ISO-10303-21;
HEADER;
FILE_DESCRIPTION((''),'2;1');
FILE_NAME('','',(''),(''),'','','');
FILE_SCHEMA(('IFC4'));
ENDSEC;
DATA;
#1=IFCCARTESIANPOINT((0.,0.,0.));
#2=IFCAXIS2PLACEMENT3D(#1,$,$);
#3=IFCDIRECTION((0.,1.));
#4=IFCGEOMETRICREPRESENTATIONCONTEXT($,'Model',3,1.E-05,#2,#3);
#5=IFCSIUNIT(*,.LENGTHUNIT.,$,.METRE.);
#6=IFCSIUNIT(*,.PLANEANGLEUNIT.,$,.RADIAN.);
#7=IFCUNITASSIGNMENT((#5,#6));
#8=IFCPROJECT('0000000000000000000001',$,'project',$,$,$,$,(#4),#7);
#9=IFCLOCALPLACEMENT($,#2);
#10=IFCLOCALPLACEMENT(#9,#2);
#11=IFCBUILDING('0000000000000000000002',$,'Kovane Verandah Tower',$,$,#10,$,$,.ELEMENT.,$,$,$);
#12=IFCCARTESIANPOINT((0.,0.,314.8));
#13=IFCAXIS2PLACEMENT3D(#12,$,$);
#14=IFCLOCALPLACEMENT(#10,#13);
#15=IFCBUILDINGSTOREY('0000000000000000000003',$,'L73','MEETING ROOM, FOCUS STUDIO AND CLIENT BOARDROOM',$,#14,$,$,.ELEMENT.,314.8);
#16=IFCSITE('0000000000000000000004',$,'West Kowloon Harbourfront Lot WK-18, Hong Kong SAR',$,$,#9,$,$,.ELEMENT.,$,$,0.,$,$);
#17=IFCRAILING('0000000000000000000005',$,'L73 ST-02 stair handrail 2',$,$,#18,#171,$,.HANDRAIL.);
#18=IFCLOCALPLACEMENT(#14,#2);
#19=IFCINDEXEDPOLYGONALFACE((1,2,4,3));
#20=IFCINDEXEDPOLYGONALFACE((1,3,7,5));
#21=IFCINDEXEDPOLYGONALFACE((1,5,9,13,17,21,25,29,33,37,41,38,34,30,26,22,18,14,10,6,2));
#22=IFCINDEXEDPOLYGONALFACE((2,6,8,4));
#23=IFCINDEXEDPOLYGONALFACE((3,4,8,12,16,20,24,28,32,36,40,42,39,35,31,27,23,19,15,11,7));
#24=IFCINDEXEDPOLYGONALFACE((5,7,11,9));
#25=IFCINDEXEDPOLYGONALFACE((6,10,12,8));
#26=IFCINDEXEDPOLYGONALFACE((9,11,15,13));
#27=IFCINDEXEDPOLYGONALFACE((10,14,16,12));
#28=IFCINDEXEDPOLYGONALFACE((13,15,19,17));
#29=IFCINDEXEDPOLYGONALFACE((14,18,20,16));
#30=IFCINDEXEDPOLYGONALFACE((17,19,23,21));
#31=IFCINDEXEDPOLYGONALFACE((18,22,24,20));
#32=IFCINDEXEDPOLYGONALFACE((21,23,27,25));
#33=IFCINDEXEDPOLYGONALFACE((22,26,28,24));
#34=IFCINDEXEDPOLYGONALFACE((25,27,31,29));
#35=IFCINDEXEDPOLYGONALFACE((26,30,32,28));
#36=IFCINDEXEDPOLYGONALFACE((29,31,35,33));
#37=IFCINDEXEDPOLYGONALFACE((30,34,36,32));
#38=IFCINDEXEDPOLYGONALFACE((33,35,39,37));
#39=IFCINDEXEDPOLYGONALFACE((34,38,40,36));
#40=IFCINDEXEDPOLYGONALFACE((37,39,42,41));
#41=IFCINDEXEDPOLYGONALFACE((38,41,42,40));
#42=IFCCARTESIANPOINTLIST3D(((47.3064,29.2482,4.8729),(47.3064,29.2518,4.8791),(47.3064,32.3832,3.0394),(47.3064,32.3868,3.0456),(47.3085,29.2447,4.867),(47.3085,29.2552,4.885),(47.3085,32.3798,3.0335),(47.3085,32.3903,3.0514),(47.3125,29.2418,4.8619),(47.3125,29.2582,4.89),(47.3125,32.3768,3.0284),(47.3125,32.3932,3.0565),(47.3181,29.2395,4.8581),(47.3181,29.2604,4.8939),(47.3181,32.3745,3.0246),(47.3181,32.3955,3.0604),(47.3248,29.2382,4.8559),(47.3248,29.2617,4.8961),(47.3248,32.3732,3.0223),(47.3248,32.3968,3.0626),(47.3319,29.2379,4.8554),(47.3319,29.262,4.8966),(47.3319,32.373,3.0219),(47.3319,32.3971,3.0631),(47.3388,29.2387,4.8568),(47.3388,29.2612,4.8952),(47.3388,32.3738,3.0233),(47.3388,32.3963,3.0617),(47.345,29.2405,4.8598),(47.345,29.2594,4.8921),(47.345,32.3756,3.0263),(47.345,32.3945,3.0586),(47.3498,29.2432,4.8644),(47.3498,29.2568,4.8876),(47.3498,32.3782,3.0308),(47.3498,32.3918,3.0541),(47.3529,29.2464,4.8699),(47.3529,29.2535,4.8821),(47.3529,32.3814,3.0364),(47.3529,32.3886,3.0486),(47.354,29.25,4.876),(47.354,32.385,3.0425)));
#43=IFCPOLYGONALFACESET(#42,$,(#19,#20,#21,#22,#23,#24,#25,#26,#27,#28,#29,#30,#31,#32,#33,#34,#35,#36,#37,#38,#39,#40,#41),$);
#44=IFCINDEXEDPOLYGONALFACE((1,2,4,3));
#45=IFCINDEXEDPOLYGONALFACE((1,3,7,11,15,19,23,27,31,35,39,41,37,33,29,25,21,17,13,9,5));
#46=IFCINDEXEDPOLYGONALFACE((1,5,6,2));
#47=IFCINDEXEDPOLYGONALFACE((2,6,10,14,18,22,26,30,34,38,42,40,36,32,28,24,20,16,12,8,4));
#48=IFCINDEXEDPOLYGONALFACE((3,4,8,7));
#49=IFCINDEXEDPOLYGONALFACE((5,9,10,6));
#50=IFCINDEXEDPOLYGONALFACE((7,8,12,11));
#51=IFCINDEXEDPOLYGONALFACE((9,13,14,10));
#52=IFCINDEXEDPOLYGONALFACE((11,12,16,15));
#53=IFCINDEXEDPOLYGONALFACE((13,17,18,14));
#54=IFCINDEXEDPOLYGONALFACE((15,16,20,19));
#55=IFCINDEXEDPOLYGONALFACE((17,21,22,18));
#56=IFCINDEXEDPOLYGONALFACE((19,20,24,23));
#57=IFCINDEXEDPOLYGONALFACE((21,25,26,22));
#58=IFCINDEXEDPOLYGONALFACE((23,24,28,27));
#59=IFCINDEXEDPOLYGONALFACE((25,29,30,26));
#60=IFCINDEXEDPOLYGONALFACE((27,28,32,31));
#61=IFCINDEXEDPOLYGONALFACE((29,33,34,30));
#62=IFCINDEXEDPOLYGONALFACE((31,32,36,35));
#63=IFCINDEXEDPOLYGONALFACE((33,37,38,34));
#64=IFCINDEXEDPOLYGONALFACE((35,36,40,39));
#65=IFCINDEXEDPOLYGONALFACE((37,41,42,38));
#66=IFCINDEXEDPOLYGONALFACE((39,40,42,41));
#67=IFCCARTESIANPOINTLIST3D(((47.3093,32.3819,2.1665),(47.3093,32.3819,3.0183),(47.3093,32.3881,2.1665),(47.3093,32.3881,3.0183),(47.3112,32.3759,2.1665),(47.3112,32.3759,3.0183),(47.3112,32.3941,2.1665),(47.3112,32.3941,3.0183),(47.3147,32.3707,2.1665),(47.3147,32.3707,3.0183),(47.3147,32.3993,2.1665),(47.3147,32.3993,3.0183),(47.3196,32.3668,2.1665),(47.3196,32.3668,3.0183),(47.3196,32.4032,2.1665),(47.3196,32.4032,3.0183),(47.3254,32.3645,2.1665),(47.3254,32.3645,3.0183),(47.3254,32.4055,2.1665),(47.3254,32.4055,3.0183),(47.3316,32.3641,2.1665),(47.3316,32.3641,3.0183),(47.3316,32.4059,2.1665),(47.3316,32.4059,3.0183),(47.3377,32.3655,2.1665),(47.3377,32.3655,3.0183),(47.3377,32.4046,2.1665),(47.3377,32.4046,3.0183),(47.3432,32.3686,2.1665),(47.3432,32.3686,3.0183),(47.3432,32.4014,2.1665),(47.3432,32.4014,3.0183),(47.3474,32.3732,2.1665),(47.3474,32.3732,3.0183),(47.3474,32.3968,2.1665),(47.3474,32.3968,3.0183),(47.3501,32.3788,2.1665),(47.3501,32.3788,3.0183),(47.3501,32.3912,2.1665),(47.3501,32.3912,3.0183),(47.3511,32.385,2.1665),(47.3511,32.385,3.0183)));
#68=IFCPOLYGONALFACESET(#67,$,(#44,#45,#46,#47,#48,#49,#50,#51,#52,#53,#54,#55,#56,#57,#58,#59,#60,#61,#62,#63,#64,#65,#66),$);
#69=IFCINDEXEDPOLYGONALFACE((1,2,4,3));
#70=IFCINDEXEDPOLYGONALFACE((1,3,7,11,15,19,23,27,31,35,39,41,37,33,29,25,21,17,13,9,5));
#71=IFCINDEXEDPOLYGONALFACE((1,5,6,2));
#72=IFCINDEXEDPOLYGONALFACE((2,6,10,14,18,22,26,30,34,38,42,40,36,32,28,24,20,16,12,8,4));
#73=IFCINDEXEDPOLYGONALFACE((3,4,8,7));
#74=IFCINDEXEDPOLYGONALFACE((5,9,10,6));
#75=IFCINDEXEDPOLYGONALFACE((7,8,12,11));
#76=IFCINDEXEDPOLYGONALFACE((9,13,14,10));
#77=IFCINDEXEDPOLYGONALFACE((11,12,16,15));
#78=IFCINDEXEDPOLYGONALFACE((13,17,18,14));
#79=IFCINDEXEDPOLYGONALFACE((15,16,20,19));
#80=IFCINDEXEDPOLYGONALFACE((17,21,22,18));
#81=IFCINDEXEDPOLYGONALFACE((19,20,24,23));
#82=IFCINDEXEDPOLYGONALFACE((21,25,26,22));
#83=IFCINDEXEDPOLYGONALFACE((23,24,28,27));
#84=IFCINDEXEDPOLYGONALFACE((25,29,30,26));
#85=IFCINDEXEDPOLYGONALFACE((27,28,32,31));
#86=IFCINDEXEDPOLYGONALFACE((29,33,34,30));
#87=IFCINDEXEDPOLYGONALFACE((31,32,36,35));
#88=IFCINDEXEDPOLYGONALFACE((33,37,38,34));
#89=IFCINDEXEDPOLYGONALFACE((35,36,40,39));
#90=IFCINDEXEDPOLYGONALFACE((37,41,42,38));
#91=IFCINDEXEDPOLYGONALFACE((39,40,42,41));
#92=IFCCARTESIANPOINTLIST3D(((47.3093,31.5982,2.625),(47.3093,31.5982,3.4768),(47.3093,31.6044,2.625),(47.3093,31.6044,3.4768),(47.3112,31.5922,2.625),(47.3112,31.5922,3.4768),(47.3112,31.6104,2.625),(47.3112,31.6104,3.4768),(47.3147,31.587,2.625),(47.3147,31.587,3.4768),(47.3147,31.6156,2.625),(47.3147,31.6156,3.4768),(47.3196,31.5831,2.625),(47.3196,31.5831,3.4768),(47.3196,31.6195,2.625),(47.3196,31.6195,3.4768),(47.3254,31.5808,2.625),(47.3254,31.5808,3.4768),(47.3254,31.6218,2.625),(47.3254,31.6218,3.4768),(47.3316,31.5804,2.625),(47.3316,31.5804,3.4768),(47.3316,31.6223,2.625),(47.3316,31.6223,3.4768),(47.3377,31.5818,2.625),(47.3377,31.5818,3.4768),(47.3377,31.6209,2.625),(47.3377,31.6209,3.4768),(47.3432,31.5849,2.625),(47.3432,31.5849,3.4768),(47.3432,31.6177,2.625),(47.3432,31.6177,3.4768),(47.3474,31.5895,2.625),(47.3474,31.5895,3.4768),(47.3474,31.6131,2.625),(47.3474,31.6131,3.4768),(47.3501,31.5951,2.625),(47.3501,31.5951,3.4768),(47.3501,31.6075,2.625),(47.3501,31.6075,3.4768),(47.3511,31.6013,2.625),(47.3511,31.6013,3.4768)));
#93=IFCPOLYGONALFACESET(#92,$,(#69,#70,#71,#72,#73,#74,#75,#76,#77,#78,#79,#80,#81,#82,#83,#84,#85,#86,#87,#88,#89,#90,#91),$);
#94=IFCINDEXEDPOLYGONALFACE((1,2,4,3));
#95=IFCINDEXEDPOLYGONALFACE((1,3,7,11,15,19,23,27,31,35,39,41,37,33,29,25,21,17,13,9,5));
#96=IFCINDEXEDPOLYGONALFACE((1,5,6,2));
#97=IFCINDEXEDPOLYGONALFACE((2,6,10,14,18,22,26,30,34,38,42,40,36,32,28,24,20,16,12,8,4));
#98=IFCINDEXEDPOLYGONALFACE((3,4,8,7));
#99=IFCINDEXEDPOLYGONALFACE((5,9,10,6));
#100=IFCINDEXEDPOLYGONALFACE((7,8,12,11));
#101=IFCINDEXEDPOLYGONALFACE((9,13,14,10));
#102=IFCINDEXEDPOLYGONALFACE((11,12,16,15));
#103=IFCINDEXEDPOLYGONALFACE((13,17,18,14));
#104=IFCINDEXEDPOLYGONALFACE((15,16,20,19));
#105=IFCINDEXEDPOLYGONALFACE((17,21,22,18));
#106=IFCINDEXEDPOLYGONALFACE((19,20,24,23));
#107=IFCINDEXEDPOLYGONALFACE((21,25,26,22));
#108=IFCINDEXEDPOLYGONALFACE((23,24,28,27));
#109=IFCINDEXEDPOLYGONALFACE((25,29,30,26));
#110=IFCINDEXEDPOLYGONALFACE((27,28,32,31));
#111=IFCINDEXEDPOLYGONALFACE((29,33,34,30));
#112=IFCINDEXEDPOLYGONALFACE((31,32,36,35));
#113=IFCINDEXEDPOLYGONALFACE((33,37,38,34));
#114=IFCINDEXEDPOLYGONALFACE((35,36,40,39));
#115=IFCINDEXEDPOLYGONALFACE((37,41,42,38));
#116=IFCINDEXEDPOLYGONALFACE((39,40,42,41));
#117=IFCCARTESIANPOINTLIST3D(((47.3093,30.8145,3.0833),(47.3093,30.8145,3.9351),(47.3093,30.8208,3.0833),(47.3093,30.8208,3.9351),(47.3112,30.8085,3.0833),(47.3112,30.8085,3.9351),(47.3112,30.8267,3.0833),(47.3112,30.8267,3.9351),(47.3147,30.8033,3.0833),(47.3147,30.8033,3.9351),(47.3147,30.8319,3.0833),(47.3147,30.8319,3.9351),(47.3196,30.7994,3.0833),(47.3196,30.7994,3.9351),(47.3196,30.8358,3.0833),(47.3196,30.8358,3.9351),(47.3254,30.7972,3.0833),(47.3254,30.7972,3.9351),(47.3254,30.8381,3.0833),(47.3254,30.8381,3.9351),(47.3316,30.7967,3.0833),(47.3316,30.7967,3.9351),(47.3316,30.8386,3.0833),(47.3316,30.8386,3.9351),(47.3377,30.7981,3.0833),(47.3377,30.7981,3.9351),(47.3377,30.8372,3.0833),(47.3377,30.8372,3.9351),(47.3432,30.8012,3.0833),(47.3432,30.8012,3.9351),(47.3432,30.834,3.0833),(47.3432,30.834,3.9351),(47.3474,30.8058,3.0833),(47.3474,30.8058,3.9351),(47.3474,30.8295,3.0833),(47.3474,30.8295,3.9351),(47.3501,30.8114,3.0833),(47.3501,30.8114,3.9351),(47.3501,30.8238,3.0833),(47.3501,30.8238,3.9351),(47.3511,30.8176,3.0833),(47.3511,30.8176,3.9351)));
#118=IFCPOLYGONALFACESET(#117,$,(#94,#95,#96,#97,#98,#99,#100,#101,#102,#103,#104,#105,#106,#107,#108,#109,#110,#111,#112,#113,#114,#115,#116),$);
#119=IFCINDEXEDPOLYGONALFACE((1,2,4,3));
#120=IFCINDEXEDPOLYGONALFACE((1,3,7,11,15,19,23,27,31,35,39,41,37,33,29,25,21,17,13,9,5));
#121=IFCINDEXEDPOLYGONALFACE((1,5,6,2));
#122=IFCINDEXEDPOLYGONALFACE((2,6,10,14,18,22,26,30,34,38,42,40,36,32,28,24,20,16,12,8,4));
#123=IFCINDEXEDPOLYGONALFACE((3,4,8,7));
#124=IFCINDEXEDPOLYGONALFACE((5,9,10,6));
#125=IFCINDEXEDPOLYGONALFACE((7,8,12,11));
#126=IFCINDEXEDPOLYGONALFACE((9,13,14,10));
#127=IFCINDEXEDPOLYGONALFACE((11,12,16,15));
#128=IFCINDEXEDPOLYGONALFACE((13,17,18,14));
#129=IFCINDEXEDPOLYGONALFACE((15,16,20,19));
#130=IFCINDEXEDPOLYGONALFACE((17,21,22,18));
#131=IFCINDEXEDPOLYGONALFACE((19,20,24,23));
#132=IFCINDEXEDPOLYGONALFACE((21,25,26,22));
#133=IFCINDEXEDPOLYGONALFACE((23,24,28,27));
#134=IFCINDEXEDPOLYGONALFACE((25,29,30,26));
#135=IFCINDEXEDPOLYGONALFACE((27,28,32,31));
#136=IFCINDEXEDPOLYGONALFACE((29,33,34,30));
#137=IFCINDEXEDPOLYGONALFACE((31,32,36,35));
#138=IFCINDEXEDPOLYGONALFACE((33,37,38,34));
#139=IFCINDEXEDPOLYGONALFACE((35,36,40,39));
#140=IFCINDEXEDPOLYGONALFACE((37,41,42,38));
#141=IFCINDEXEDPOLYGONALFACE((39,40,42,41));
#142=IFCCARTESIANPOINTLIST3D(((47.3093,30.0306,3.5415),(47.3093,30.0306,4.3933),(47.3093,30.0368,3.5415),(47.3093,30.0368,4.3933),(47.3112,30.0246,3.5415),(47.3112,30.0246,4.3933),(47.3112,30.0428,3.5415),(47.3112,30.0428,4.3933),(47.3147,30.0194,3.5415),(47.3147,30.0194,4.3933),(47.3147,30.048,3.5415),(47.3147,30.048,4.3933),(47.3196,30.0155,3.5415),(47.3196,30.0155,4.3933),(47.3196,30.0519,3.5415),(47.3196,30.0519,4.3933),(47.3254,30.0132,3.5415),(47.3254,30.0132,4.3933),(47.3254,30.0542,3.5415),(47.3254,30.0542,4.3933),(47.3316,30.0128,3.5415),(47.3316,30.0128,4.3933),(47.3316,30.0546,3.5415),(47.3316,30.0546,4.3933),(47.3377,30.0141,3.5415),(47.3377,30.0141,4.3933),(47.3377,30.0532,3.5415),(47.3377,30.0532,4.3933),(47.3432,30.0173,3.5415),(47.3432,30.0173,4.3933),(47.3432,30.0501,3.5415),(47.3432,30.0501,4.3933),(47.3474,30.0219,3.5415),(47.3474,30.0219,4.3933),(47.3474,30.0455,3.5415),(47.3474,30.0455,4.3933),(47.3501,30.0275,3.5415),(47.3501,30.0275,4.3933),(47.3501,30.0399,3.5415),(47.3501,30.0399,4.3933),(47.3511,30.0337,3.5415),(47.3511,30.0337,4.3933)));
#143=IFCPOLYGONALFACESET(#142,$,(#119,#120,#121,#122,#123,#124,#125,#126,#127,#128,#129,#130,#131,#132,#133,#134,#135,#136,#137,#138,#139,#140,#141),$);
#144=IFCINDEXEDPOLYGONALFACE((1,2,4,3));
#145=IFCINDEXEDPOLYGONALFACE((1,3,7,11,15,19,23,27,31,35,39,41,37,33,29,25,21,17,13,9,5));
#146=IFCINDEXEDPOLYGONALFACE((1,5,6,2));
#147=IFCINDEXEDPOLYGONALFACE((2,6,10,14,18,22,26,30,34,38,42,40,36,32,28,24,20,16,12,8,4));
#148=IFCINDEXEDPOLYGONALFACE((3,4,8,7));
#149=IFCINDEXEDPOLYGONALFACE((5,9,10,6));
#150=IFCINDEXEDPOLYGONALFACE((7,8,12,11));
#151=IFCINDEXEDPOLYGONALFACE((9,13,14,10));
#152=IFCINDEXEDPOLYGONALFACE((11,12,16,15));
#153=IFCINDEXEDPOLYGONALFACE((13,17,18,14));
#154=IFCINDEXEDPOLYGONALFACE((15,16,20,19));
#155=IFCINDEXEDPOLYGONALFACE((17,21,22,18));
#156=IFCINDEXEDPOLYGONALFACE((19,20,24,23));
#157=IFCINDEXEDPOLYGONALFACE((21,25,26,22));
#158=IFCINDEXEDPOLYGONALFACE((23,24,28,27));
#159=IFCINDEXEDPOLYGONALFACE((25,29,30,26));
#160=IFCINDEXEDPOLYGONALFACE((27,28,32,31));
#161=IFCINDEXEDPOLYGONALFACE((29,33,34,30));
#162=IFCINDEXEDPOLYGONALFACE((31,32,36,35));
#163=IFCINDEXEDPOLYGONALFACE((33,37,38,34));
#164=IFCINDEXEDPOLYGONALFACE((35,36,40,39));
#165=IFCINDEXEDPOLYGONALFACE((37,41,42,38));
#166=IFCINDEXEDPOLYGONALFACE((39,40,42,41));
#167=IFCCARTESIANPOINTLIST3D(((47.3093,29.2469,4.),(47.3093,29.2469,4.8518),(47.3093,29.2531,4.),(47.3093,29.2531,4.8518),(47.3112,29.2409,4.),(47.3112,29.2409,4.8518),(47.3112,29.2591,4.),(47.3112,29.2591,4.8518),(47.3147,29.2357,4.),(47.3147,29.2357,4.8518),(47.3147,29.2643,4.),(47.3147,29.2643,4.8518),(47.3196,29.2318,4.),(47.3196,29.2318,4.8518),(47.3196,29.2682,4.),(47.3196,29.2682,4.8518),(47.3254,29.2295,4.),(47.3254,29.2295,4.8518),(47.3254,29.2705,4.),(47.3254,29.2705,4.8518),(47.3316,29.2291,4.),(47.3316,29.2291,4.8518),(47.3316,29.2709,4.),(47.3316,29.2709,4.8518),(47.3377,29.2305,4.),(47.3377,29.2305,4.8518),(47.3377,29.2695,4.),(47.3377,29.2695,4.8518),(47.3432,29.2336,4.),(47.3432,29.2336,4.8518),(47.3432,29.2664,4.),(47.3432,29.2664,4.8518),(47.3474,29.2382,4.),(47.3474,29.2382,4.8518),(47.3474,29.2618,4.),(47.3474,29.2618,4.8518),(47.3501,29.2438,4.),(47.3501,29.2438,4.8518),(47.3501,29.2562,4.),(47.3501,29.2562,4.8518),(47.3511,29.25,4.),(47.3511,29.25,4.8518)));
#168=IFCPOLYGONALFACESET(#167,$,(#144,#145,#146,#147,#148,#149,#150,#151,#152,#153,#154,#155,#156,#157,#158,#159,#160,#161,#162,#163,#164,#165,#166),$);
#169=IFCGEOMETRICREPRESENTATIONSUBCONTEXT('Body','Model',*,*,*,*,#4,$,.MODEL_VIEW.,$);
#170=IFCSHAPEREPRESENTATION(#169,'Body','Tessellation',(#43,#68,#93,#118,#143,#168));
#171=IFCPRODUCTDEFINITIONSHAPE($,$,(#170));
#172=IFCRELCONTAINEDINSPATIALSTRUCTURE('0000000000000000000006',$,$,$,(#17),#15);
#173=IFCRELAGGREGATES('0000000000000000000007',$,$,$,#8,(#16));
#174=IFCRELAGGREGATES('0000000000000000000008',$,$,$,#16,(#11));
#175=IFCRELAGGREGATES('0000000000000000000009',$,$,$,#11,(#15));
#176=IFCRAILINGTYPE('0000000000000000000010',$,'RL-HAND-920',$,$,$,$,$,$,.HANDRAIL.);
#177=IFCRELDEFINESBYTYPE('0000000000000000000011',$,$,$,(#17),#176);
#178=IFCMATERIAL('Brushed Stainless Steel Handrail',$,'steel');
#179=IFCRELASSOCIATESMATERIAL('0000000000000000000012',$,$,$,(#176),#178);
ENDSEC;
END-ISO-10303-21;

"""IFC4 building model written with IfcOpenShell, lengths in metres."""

from ifc_helpers import new_model, si_unit, direction, frame, origin, origin_2d, place, context, subcontext, project, spatial, circle, extrude, material, type_object, element, save


model = new_model("IFC4")

# Units and contexts
model_context = context("Model", 3, precision=1e-05, world=origin(), true_north=direction((0.0, 1.0)))
body_context = subcontext(model_context, "Body", "Model", "MODEL_VIEW")
ifc_project = project(units=[si_unit("LENGTHUNIT", "METRE"), si_unit("PLANEANGLEUNIT", "RADIAN")], contexts=[model_context])

# Site, building, storey
site_placement = place(None, origin())
site = spatial("IfcSite", under=ifc_project, at=site_placement, Name="West Kowloon Harbourfront Lot WK-18, Hong Kong SAR", CompositionType="ELEMENT", RefElevation=0.0)
building_placement = place(site_placement, origin())
building = spatial("IfcBuilding", under=site, at=building_placement, Name="Kovane Verandah Tower", CompositionType="ELEMENT")
storey_placement = place(building_placement, frame((0.0, 0.0, 314.8)))
storey = spatial("IfcBuildingStorey", under=building, at=storey_placement, Name="L73", Description="MEETING ROOM, FOCUS STUDIO AND CLIENT BOARDROOM", CompositionType="ELEMENT", Elevation=314.8)

# Railing
ifc_material_1 = material(Name="Brushed Stainless Steel Handrail", Category="steel")
railing_type_1 = type_object("IfcRailingType", Name="RL-HAND-920", PredefinedType="HANDRAIL", material=ifc_material_1)
railing_1_placement = place(storey_placement, frame((47.3301, 32.385, 2.1665)))
element("IfcRailing", 1, at=railing_1_placement, inside=storey, type_object=railing_type_1, Name="L73 ST-02 stair handrail 2", PredefinedType="HANDRAIL", context=body_context, shape_type="SweptSolid", body=[
    extrude(circle(Radius=0.0239, at=origin_2d()), frame((0.0, 0.0, 0.876), z_axis=(0.0, -0.86321, 0.504845), x_axis=(1.0, 0.0, 0.0)), (0.0, 0.0, 1.0), 3.6318),
    extrude(circle(Radius=0.021, at=origin_2d()), origin(), (0.0, 0.0, 1.0), 0.8518),
    extrude(circle(Radius=0.021, at=origin_2d()), frame((0.0, -0.7837, 0.4585)), (0.0, 0.0, 1.0), 0.8518),
    extrude(circle(Radius=0.021, at=origin_2d()), frame((0.0, -1.5674, 0.9167)), (0.0, 0.0, 1.0), 0.8518),
    extrude(circle(Radius=0.021, at=origin_2d()), frame((0.0, -2.3513, 1.375)), (0.0, 0.0, 1.0), 0.8518),
    extrude(circle(Radius=0.021, at=origin_2d()), frame((0.0, -3.135, 1.8335)), (0.0, 0.0, 1.0), 0.8518),
])

save(model, "model.ifc")
